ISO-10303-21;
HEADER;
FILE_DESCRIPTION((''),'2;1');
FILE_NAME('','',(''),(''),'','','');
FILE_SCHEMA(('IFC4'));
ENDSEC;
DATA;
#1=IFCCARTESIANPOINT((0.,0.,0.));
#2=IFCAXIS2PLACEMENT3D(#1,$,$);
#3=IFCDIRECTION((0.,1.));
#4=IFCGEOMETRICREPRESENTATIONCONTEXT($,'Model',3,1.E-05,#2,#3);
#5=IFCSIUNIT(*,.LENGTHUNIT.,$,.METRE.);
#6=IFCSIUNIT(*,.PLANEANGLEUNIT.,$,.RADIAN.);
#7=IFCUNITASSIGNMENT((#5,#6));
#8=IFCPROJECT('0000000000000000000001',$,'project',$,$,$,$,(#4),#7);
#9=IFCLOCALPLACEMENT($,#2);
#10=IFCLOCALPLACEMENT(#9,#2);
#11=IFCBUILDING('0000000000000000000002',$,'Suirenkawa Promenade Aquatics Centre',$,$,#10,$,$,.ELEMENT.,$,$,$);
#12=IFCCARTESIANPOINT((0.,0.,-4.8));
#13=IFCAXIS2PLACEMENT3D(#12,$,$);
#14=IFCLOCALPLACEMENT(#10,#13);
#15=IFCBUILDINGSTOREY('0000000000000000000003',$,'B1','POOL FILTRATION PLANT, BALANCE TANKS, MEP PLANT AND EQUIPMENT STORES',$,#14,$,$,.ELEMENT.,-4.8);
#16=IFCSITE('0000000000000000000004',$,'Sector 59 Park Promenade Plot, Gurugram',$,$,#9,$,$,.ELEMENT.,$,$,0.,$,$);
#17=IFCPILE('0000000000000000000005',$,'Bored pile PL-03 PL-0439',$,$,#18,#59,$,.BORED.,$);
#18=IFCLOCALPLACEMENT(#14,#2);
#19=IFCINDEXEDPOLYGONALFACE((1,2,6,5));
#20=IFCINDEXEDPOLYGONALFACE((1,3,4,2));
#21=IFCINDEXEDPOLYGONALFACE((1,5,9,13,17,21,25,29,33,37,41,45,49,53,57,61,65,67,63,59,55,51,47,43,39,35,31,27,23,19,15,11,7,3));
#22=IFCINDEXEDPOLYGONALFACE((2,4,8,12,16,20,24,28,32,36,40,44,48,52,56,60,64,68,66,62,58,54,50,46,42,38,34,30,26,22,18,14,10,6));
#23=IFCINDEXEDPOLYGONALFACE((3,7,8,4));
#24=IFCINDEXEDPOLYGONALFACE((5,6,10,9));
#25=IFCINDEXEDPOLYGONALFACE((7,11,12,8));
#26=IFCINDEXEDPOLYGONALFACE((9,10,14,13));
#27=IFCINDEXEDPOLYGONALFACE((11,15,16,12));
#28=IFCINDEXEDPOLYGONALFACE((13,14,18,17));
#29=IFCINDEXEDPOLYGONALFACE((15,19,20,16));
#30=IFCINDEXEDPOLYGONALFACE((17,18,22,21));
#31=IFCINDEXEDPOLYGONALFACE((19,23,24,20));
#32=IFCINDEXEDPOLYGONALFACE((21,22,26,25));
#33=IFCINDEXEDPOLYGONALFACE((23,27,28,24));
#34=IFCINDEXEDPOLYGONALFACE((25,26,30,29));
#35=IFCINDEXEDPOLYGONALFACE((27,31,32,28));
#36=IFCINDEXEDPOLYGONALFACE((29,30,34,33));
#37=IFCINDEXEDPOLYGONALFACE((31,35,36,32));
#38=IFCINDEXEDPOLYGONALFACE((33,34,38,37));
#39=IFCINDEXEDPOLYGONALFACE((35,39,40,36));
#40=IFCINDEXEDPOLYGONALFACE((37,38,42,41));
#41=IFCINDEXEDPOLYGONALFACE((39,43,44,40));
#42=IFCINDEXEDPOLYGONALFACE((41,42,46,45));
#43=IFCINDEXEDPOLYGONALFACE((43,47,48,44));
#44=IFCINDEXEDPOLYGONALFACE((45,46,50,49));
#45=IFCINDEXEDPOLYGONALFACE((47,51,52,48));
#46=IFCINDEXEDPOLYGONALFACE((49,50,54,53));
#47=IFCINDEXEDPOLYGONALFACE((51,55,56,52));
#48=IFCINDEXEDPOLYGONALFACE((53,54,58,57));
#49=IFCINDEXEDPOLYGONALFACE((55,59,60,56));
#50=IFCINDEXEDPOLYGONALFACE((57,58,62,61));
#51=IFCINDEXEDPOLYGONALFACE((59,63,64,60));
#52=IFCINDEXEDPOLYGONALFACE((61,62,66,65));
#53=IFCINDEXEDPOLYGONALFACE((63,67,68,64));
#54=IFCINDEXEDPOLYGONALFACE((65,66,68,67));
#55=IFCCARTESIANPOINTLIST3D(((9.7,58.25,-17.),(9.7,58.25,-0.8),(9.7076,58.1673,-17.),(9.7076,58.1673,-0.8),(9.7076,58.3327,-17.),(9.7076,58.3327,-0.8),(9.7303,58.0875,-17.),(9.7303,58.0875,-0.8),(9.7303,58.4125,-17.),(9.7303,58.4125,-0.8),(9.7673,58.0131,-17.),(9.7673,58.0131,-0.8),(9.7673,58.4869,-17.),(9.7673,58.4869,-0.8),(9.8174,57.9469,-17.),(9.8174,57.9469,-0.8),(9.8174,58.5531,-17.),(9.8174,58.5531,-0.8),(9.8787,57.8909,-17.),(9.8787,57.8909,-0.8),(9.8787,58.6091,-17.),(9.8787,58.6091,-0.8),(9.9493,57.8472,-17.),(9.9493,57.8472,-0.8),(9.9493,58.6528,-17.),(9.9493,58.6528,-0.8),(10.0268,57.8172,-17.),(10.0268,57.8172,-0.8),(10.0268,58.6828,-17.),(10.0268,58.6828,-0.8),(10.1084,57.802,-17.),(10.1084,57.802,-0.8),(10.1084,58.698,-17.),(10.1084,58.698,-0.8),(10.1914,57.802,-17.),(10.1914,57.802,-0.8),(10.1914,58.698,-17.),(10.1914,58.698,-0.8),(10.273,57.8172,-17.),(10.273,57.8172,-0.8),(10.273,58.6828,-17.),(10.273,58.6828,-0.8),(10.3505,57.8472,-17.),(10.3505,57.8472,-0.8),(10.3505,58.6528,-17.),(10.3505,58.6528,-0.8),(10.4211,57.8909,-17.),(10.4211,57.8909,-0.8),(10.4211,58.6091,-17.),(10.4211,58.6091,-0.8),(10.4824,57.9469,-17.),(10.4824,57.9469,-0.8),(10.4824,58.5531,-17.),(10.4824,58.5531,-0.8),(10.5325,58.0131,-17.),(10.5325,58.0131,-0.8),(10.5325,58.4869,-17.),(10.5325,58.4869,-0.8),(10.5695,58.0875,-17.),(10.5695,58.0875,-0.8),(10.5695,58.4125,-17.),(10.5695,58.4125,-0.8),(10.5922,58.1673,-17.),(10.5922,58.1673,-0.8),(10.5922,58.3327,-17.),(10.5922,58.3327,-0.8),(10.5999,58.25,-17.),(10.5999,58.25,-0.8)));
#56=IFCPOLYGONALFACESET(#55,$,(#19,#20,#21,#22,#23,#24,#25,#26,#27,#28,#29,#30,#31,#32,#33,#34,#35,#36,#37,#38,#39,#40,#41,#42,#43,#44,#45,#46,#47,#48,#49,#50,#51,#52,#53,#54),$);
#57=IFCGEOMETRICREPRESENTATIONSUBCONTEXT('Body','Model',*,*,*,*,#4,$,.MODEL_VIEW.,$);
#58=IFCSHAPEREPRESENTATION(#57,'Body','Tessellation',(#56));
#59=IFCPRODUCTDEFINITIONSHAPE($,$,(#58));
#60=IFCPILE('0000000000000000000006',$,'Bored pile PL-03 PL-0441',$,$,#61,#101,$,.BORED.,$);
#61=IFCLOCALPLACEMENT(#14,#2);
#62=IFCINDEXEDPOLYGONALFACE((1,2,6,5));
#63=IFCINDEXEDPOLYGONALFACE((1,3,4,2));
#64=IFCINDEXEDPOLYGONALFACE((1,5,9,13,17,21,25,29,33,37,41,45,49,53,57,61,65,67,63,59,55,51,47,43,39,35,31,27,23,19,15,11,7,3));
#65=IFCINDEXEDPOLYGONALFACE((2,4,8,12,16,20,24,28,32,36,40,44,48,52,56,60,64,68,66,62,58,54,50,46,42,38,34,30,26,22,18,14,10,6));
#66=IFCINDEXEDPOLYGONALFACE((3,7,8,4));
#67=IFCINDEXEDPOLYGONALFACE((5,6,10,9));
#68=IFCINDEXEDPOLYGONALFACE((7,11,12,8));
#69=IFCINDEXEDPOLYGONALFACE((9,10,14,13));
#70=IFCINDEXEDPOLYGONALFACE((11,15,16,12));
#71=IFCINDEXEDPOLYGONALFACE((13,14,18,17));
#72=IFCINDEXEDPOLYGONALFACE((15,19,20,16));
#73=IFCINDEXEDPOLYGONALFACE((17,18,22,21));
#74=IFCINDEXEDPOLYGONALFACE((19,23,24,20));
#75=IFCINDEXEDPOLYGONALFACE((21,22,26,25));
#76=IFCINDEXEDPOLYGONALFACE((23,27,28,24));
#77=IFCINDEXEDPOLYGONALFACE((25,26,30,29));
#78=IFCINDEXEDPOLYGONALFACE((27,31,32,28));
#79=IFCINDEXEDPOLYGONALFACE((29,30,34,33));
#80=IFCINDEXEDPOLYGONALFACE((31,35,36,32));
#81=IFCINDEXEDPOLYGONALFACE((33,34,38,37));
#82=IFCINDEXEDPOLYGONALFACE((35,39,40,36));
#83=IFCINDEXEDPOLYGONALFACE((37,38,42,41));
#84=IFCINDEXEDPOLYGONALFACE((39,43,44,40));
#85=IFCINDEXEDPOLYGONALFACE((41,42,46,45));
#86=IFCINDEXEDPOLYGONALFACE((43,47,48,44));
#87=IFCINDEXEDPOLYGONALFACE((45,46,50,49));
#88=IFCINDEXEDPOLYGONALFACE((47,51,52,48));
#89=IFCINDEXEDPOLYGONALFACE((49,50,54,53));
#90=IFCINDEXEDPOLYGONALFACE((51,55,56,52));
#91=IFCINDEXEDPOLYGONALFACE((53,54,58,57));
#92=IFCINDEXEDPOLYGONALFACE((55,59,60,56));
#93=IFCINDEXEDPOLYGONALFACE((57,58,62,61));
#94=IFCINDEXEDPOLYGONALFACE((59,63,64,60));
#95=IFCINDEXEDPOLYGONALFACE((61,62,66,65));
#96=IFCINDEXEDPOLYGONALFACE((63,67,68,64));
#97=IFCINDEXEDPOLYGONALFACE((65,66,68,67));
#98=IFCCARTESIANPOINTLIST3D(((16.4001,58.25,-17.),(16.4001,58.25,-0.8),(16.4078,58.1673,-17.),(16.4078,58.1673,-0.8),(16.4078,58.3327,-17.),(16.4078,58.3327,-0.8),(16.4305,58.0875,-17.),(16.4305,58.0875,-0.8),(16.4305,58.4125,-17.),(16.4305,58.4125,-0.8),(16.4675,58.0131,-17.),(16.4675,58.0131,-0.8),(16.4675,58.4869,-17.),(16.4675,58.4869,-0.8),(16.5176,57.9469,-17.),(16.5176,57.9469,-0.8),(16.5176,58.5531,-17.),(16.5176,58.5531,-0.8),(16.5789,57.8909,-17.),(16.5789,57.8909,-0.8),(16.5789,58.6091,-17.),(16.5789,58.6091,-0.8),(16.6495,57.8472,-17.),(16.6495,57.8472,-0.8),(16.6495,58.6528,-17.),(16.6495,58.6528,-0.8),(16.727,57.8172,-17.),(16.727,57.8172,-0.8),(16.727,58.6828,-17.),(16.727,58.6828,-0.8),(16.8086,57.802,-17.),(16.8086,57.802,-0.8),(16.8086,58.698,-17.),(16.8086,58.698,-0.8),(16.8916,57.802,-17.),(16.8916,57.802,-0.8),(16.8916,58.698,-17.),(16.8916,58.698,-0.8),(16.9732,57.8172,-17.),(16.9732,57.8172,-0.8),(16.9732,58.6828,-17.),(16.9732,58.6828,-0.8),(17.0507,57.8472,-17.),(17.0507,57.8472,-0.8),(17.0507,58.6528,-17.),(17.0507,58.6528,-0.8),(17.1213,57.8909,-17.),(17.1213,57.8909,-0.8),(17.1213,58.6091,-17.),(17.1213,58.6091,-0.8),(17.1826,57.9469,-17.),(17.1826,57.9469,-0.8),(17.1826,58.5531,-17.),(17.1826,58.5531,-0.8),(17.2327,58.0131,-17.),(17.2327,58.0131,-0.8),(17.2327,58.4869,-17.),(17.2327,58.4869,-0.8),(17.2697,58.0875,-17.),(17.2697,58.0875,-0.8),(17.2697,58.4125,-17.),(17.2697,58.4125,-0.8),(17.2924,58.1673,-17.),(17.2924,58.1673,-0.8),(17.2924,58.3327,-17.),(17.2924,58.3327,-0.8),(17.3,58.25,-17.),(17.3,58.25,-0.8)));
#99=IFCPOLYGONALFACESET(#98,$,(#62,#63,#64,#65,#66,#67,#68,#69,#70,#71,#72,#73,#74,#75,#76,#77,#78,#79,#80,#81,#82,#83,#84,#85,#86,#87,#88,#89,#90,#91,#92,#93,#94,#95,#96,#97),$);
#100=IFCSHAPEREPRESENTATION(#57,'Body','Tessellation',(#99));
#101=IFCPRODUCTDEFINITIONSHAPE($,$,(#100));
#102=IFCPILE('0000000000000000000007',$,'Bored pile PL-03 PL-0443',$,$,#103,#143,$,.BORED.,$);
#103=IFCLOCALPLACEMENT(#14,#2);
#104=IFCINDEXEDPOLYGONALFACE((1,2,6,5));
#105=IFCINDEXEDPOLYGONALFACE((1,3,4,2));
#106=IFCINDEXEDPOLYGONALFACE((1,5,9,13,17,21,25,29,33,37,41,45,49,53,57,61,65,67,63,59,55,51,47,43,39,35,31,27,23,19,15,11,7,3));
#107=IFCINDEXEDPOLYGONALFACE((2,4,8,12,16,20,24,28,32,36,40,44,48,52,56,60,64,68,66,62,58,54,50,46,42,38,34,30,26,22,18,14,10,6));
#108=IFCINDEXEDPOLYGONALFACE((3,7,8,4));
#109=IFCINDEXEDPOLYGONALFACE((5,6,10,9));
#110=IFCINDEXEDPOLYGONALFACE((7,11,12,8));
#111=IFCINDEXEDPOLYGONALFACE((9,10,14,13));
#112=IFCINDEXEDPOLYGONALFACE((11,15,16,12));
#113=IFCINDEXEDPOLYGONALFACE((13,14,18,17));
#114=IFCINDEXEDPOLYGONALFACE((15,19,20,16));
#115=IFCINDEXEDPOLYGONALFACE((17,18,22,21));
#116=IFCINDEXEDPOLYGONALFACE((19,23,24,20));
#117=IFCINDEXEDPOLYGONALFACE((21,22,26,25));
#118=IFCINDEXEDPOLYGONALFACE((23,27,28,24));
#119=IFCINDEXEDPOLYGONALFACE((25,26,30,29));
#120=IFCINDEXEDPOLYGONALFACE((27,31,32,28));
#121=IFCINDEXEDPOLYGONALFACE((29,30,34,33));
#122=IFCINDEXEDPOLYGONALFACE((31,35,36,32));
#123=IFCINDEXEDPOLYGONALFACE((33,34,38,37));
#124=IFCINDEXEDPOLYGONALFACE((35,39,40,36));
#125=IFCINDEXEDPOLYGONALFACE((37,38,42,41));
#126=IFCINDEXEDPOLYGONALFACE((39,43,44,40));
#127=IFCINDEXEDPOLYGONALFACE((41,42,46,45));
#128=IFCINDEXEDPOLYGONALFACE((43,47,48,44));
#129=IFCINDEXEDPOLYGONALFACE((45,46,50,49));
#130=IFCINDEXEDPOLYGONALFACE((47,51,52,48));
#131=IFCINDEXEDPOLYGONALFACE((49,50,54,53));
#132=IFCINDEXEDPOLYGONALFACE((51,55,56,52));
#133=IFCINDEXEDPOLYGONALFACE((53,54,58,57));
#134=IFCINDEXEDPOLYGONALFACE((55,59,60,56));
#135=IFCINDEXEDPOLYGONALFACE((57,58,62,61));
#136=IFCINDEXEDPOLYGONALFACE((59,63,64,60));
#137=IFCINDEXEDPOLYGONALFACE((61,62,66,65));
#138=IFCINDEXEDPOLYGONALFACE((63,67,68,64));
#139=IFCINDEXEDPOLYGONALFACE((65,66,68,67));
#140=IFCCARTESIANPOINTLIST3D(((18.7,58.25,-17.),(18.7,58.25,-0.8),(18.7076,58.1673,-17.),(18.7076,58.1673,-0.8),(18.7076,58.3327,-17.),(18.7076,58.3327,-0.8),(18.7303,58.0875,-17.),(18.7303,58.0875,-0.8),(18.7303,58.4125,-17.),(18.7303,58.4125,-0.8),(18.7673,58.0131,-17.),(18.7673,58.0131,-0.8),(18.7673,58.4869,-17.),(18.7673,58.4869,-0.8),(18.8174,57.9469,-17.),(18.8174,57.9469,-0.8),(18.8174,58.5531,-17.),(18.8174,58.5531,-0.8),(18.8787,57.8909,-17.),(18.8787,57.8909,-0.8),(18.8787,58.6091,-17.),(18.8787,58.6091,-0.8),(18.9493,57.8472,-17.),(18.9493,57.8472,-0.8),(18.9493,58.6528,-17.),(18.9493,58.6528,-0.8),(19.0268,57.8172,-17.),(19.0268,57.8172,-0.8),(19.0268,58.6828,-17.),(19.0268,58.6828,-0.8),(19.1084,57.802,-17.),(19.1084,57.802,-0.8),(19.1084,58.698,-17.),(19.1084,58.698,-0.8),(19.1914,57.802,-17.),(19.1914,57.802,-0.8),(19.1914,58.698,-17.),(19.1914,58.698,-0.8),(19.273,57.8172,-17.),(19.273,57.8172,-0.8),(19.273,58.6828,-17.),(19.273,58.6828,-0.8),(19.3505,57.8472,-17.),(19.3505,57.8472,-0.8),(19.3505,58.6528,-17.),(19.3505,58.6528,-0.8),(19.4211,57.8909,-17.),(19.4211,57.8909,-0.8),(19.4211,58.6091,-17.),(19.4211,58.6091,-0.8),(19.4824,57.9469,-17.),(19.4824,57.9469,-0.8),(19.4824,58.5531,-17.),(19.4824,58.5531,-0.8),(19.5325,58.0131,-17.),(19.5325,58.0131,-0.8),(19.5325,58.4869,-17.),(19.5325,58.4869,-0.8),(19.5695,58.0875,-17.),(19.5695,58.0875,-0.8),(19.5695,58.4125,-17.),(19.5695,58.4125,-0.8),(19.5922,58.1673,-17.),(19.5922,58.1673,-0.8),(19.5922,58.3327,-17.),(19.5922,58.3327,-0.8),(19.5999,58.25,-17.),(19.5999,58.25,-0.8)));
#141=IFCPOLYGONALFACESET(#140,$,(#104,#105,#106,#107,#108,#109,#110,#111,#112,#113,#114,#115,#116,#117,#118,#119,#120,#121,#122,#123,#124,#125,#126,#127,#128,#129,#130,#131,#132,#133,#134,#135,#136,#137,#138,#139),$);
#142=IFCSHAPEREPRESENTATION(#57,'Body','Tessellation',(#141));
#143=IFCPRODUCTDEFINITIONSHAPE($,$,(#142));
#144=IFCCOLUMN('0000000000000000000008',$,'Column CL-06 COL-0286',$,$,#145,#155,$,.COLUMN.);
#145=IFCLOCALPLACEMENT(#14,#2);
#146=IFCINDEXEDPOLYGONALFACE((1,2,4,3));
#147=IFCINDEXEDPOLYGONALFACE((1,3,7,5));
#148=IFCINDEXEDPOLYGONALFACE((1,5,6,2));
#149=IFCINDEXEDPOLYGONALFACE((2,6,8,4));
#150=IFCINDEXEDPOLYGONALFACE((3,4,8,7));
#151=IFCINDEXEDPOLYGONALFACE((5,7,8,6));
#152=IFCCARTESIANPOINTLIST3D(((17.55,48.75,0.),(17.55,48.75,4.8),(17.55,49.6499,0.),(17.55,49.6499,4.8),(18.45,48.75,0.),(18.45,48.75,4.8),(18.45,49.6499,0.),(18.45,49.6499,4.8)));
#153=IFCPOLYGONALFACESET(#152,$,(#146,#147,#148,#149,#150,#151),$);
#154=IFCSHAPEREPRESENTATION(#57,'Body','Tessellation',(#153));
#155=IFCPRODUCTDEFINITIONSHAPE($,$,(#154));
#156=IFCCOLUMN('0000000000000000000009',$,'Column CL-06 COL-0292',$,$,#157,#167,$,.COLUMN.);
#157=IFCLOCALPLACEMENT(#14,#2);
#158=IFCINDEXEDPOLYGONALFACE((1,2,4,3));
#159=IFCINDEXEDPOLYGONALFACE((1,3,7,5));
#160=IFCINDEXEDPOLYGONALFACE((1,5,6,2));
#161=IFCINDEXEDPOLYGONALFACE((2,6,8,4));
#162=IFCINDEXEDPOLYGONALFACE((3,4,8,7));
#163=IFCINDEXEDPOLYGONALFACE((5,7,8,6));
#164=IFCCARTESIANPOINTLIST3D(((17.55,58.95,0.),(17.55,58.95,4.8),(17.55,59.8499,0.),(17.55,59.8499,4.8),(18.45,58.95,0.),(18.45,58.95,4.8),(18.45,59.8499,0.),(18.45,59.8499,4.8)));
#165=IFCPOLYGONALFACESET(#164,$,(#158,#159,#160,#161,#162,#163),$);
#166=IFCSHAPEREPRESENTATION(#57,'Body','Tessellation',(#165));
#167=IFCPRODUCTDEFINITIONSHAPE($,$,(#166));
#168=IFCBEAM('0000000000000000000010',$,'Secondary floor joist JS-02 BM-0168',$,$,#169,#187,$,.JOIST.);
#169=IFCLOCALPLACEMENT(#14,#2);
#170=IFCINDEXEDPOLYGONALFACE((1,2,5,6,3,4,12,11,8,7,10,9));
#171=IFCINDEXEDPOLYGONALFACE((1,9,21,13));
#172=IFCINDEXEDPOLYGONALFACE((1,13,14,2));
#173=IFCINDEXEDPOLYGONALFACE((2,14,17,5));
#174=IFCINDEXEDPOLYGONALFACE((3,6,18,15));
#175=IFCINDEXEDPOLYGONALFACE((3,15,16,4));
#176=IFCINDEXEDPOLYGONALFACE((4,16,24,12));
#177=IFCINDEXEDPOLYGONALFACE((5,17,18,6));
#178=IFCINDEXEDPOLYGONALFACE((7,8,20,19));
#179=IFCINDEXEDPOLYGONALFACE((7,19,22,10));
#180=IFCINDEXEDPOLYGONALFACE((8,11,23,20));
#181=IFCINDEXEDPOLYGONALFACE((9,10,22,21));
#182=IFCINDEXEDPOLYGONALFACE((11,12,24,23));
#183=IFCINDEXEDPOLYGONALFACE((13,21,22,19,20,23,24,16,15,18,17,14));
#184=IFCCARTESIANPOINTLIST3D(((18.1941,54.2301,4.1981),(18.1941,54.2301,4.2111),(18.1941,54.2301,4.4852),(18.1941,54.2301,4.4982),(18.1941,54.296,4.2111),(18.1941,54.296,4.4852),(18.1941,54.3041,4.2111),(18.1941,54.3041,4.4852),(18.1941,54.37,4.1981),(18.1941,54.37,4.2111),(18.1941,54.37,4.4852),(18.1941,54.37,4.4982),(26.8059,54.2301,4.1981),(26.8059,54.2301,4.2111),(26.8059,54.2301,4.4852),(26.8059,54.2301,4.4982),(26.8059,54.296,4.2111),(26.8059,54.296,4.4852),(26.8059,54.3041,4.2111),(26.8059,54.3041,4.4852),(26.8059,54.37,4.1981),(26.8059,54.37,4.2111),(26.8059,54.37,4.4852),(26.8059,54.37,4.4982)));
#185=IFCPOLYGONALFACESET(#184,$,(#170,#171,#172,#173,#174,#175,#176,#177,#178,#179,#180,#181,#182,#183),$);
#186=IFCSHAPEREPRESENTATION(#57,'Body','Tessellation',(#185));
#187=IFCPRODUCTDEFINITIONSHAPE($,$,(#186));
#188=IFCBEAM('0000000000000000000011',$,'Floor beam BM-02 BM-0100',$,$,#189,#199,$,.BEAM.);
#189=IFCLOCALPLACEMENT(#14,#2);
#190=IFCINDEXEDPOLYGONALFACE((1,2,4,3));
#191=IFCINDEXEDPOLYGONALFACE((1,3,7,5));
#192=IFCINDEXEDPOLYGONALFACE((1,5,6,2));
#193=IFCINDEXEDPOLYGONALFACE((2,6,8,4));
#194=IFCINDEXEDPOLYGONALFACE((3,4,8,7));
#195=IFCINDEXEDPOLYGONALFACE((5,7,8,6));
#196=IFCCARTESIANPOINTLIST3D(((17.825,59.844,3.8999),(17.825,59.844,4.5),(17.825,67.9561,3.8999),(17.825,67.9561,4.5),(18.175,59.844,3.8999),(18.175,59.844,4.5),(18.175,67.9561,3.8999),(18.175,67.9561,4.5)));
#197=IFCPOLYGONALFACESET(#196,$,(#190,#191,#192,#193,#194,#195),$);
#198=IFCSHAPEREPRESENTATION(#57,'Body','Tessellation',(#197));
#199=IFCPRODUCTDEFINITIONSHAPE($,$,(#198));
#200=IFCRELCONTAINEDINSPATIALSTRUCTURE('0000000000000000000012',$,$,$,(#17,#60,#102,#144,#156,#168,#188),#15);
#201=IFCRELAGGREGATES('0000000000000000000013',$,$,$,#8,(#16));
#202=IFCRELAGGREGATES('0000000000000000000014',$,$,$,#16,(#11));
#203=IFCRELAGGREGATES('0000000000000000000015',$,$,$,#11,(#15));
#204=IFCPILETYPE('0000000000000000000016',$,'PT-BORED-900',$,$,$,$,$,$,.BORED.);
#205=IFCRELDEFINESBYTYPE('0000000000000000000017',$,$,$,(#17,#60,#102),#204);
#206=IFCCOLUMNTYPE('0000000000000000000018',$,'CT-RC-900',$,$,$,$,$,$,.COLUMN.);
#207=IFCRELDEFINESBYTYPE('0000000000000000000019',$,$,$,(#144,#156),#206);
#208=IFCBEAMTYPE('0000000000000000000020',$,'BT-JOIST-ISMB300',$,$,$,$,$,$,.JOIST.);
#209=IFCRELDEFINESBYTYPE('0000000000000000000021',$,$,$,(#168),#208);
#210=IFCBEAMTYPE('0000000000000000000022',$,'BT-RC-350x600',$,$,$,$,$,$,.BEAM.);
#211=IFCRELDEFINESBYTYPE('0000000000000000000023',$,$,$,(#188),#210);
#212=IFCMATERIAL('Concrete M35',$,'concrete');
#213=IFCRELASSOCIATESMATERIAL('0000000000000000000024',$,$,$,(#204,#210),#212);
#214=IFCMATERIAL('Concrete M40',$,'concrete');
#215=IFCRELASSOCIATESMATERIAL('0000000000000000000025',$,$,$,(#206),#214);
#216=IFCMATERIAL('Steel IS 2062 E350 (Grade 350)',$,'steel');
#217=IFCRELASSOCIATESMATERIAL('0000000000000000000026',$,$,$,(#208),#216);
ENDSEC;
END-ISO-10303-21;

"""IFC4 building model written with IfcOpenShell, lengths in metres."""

from ifc_helpers import new_model, si_unit, direction, frame, origin, origin_2d, place, context, subcontext, project, spatial, rectangle, circle, i_section, extrude, material, material_profile, profile_set, type_object, element, save


model = new_model("IFC4")

# Units and contexts
model_context = context("Model", 3, precision=1e-05, world=origin(), true_north=direction((0.0, 1.0)))
body_context = subcontext(model_context, "Body", "Model", "MODEL_VIEW")
ifc_project = project(units=[si_unit("LENGTHUNIT", "METRE"), si_unit("PLANEANGLEUNIT", "RADIAN")], contexts=[model_context])

# Site, building, storey
site_placement = place(None, origin())
site = spatial("IfcSite", under=ifc_project, at=site_placement, Name="Sector 59 Park Promenade Plot, Gurugram", CompositionType="ELEMENT", RefElevation=0.0)
building_placement = place(site_placement, origin())
building = spatial("IfcBuilding", under=site, at=building_placement, Name="Suirenkawa Promenade Aquatics Centre", CompositionType="ELEMENT")
storey_placement = place(building_placement, frame((0.0, 0.0, -4.8)))
storey = spatial("IfcBuildingStorey", under=building, at=storey_placement, Name="B1", Description="POOL FILTRATION PLANT, BALANCE TANKS, MEP PLANT AND EQUIPMENT STORES", CompositionType="ELEMENT", Elevation=-4.8)

# Shared definitions
ifc_material_1 = material(Name="Concrete M35", Category="concrete")

# Piles
ifc_material_profile_1 = material_profile(ifc_material_1, circle(Radius=0.45, at=origin_2d()), Name="PILE D900", Category="concrete")
ifc_profile_set_1 = profile_set([ifc_material_profile_1], Name="Concrete M35")
pile_type = type_object("IfcPileType", Name="PT-BORED-900", PredefinedType="BORED", material=ifc_profile_set_1)
for number, where, z_axis, x_axis, name in (
    (1, (10.1499, 58.25, -0.8), (0.0, 0.0, -1.0), (1.0, 0.0, 0.0), "Bored pile PL-03 PL-0439"),
    (2, (16.8501, 58.25, -0.8), (0.0, 0.0, -1.0), (1.0, 0.0, 0.0), "Bored pile PL-03 PL-0441"),
    (3, (19.1499, 58.25, -0.8), (0.0, 0.0, -1.0), (1.0, 0.0, 0.0), "Bored pile PL-03 PL-0443"),
):
    element("IfcPile", number, at=place(storey_placement, frame(where, z_axis=z_axis, x_axis=x_axis)), inside=storey, type_object=pile_type, Name=name, PredefinedType="BORED", context=body_context, shape_type="SweptSolid", body=[
        extrude(circle(Radius=0.45, at=origin_2d()), origin(), (0.0, 0.0, 1.0), 16.2),
    ])

# Columns
ifc_material_2 = material(Name="Concrete M40", Category="concrete")
ifc_material_profile_2 = material_profile(ifc_material_2, rectangle(XDim=0.8999, YDim=0.8999, at=origin_2d()), Name="RC COL 900x900", Category="concrete")
ifc_profile_set_2 = profile_set([ifc_material_profile_2], Name="Concrete M40")
column_type = type_object("IfcColumnType", Name="CT-RC-900", PredefinedType="COLUMN", material=ifc_profile_set_2)
for number, where, z_axis, x_axis, name in (
    (4, (18.0, 49.2, 0.0), (0.0, 0.0, 1.0), (1.0, 0.0, 0.0), "Column CL-06 COL-0286"),
    (5, (18.0, 59.3999, 0.0), (0.0, 0.0, 1.0), (1.0, 0.0, 0.0), "Column CL-06 COL-0292"),
):
    element("IfcColumn", number, at=place(storey_placement, frame(where, z_axis=z_axis, x_axis=x_axis)), inside=storey, type_object=column_type, Name=name, PredefinedType="COLUMN", context=body_context, shape_type="SweptSolid", body=[
        extrude(rectangle(XDim=0.8999, YDim=0.8999, at=origin_2d()), origin(), (0.0, 0.0, 1.0), 4.8),
    ])

# Beams
ifc_material_3 = material(Name="Steel IS 2062 E350 (Grade 350)", Category="steel")
ifc_material_profile_3 = material_profile(ifc_material_3, i_section(OverallWidth=0.1399, OverallDepth=0.3, WebThickness=0.0081, FlangeThickness=0.0129, at=origin_2d()), Name="ISMB 300", Category="steel")
ifc_profile_set_3 = profile_set([ifc_material_profile_3], Name="Steel IS 2062 E350 (Grade 350)")
beam_type_1 = type_object("IfcBeamType", Name="BT-JOIST-ISMB300", PredefinedType="JOIST", material=ifc_profile_set_3)
beam_1_placement = place(storey_placement, frame((18.1941, 54.3, 4.3481), z_axis=(1.0, 0.0, 0.0), x_axis=(0.0, 1.0, 0.0)))
element("IfcBeam", 6, at=beam_1_placement, inside=storey, type_object=beam_type_1, Name="Secondary floor joist JS-02 BM-0168", PredefinedType="JOIST", context=body_context, shape_type="SweptSolid", body=[
    extrude(i_section(OverallWidth=0.1399, OverallDepth=0.3, WebThickness=0.0081, FlangeThickness=0.0129, at=origin_2d()), origin(), (0.0, 0.0, 1.0), 8.6118),
])
ifc_material_profile_4 = material_profile(ifc_material_1, rectangle(XDim=0.3501, YDim=0.6001, at=origin_2d()), Name="RC BM 350x600", Category="concrete")
ifc_profile_set_4 = profile_set([ifc_material_profile_4], Name="Concrete M35")
beam_type_2 = type_object("IfcBeamType", Name="BT-RC-350x600", PredefinedType="BEAM", material=ifc_profile_set_4)
beam_2_placement = place(storey_placement, frame((18.0, 59.844, 4.2), z_axis=(0.0, 1.0, 0.0), x_axis=(-1.0, 0.0, 0.0)))
element("IfcBeam", 7, at=beam_2_placement, inside=storey, type_object=beam_type_2, Name="Floor beam BM-02 BM-0100", PredefinedType="BEAM", context=body_context, shape_type="SweptSolid", body=[
    extrude(rectangle(XDim=0.3501, YDim=0.6001, at=origin_2d()), origin(), (0.0, 0.0, 1.0), 8.1121),
])

save(model, "model.ifc")
